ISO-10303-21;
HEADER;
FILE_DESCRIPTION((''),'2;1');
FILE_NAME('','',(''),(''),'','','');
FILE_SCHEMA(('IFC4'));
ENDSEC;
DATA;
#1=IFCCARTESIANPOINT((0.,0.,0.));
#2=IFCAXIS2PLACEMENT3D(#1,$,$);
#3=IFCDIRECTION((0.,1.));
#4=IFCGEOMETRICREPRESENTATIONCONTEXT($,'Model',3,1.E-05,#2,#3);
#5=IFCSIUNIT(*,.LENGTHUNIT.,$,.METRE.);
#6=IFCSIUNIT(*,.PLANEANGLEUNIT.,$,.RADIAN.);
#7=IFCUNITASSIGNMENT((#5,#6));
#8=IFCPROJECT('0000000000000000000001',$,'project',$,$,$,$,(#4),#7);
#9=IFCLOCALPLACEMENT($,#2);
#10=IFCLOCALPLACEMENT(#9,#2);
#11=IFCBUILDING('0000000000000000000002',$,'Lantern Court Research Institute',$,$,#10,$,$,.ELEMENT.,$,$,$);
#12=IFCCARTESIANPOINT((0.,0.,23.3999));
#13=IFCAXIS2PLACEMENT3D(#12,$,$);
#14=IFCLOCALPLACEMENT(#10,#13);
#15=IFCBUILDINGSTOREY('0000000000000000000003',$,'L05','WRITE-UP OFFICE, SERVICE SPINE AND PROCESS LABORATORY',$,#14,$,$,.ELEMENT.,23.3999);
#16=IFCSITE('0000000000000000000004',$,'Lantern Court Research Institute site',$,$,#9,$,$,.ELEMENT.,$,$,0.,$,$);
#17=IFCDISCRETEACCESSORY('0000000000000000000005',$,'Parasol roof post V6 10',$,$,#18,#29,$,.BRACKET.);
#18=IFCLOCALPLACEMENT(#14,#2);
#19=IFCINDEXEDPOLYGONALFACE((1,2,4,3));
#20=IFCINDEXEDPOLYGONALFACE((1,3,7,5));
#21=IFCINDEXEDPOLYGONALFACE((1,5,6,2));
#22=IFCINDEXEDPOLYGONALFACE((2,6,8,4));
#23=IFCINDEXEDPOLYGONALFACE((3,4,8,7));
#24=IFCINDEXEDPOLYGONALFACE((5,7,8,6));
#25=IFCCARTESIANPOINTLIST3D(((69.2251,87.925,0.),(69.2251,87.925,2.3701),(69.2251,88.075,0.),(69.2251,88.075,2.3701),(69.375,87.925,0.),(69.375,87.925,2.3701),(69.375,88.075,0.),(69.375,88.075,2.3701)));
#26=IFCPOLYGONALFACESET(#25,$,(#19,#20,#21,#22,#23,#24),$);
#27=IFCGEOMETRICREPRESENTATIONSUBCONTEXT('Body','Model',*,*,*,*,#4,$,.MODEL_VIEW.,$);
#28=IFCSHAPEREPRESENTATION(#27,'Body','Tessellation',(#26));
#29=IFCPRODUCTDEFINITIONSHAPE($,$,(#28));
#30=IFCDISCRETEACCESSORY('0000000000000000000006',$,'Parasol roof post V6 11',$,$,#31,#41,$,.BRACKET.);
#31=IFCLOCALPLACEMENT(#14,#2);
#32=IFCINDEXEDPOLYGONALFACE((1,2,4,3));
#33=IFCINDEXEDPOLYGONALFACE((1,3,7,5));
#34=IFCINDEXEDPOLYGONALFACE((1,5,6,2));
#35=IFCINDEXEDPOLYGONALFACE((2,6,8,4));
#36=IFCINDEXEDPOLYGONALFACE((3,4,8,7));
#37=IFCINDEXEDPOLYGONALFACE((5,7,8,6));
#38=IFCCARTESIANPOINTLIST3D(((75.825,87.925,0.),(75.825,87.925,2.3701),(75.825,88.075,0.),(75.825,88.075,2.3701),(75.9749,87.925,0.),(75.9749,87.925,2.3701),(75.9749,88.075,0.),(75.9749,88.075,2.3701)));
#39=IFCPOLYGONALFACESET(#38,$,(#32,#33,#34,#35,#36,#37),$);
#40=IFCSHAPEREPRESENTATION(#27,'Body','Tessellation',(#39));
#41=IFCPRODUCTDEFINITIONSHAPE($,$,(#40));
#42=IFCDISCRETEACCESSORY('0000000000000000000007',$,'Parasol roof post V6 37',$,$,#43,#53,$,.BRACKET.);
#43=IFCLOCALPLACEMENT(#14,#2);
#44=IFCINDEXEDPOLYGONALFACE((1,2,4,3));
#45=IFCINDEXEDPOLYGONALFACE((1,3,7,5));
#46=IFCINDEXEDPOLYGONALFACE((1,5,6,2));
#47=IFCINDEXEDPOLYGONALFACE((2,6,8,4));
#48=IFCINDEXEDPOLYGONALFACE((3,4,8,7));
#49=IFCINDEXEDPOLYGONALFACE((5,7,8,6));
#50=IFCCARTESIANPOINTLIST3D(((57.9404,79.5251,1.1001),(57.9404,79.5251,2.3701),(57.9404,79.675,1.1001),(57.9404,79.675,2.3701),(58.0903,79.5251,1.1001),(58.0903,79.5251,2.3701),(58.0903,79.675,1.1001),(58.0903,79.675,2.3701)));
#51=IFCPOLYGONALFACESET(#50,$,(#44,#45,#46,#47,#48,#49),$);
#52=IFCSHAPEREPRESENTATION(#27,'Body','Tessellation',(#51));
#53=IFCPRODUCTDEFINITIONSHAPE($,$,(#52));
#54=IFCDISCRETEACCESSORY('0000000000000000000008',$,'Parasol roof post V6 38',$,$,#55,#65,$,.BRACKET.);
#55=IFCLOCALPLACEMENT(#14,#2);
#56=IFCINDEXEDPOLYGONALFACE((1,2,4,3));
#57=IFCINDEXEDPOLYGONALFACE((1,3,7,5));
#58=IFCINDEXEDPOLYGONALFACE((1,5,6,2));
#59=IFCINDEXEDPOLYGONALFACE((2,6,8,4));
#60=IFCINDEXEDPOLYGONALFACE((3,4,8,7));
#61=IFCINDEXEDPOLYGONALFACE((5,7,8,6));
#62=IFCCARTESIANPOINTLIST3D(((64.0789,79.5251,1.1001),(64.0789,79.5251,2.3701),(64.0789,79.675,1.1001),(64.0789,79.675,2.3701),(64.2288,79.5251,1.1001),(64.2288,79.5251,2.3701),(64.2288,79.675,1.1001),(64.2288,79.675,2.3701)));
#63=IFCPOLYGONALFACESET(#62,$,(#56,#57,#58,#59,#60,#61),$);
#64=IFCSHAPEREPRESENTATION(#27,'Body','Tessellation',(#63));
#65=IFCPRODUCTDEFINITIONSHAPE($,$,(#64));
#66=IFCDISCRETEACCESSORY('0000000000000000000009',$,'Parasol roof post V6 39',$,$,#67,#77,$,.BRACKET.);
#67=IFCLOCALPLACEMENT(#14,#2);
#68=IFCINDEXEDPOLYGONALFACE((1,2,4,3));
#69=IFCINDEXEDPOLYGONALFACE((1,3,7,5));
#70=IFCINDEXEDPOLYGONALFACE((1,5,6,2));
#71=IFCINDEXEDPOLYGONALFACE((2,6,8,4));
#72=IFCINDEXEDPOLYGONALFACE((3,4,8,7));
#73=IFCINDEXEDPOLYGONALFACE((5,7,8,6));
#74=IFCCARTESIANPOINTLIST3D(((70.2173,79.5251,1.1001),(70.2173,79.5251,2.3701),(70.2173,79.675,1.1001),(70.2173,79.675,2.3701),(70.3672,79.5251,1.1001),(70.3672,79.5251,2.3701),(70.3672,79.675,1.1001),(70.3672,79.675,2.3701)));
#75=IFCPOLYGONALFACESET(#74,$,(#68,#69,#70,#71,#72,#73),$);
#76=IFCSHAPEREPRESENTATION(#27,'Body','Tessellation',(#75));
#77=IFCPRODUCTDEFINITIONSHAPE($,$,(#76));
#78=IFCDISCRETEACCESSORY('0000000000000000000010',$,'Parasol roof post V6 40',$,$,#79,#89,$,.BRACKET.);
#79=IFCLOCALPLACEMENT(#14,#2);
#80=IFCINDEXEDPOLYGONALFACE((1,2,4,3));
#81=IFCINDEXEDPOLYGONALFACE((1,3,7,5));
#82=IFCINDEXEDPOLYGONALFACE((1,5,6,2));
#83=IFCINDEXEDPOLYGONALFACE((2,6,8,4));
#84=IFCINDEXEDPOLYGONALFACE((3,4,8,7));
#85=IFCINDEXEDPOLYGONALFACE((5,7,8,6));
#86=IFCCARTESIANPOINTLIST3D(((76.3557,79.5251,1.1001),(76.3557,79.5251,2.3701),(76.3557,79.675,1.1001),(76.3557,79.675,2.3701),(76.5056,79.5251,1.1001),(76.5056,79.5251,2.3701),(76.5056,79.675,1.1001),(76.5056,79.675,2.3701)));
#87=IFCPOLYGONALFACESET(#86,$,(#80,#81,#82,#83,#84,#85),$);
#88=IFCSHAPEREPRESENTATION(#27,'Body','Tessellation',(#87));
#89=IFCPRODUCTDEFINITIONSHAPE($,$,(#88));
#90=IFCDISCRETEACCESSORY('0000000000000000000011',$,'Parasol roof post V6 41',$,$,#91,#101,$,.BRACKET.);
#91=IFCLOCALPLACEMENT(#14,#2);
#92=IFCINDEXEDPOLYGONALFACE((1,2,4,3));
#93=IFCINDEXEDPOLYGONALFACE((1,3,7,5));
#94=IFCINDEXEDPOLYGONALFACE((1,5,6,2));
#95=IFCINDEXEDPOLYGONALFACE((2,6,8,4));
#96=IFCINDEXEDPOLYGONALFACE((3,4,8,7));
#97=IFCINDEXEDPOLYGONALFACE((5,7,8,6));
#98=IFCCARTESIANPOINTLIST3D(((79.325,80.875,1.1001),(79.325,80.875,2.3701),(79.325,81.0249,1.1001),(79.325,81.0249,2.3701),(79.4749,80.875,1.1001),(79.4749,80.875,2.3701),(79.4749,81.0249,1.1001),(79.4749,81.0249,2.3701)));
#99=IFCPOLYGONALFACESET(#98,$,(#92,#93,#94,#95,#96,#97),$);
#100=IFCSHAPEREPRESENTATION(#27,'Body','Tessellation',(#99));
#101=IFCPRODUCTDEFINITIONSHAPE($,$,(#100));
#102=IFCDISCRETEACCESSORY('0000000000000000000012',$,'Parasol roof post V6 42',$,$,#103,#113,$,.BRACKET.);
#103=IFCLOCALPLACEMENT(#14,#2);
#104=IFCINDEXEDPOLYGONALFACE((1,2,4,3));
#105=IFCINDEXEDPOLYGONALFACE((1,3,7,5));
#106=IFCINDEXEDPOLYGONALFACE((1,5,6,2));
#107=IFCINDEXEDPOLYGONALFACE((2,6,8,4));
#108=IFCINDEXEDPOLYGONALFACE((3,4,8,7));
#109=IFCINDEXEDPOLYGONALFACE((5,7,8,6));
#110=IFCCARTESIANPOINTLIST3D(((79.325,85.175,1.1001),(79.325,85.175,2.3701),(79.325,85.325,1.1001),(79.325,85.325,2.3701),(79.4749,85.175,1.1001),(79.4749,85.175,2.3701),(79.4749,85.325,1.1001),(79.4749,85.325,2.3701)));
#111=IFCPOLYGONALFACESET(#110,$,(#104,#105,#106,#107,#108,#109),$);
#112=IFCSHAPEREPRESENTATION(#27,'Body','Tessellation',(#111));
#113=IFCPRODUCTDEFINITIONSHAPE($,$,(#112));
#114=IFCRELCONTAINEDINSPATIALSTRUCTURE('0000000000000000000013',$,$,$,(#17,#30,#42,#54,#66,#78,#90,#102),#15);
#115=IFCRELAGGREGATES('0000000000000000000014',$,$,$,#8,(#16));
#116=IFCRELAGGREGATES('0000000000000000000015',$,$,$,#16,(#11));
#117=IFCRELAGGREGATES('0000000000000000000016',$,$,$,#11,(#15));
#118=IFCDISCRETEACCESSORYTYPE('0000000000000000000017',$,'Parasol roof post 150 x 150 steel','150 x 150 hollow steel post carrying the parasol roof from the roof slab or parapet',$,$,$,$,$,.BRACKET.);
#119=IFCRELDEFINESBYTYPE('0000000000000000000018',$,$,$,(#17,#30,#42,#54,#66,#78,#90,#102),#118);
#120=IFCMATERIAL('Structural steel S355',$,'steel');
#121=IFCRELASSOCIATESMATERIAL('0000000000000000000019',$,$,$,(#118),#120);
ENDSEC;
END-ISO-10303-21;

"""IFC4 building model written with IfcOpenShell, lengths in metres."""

from ifc_helpers import new_model, si_unit, direction, frame, origin, origin_2d, place, context, subcontext, project, spatial, rectangle, extrude, material, type_object, element, save


model = new_model("IFC4")

# Units and contexts
model_context = context("Model", 3, precision=1e-05, world=origin(), true_north=direction((0.0, 1.0)))
body_context = subcontext(model_context, "Body", "Model", "MODEL_VIEW")
ifc_project = project(units=[si_unit("LENGTHUNIT", "METRE"), si_unit("PLANEANGLEUNIT", "RADIAN")], contexts=[model_context])

# Site, building, storey
site_placement = place(None, origin())
site = spatial("IfcSite", under=ifc_project, at=site_placement, Name="Lantern Court Research Institute site", CompositionType="ELEMENT", RefElevation=0.0)
building_placement = place(site_placement, origin())
building = spatial("IfcBuilding", under=site, at=building_placement, Name="Lantern Court Research Institute", CompositionType="ELEMENT")
storey_placement = place(building_placement, frame((0.0, 0.0, 23.3999)))
storey = spatial("IfcBuildingStorey", under=building, at=storey_placement, Name="L05", Description="WRITE-UP OFFICE, SERVICE SPINE AND PROCESS LABORATORY", CompositionType="ELEMENT", Elevation=23.3999)

# Discrete accessories
ifc_material_1 = material(Name="Structural steel S355", Category="steel")
discrete_accessory_type = type_object("IfcDiscreteAccessoryType", Name="Parasol roof post 150 x 150 steel", Description="150 x 150 hollow steel post carrying the parasol roof from the roof slab or parapet", PredefinedType="BRACKET", material=ifc_material_1)
for number, where, z_axis, x_axis, name in (
    (1, (69.3, 88.0, 0.0), (0.0, 0.0, 1.0), (1.0, 0.0, 0.0), "Parasol roof post V6 10"),
    (2, (75.8999, 88.0, 0.0), (0.0, 0.0, 1.0), (1.0, 0.0, 0.0), "Parasol roof post V6 11"),
):
    element("IfcDiscreteAccessory", number, at=place(storey_placement, frame(where, z_axis=z_axis, x_axis=x_axis)), inside=storey, type_object=discrete_accessory_type, Name=name, PredefinedType="BRACKET", context=body_context, shape_type="SweptSolid", body=[
        extrude(rectangle(XDim=0.1499, YDim=0.1499, at=origin_2d()), origin(), (0.0, 0.0, 1.0), 2.3701),
    ])
for number, where, z_axis, x_axis, name in (
    (3, (58.0154, 79.6001, 1.1001), (0.0, 0.0, 1.0), (1.0, 0.0, 0.0), "Parasol roof post V6 37"),
    (4, (64.1538, 79.6001, 1.1001), (0.0, 0.0, 1.0), (1.0, 0.0, 0.0), "Parasol roof post V6 38"),
    (5, (70.2922, 79.6001, 1.1001), (0.0, 0.0, 1.0), (1.0, 0.0, 0.0), "Parasol roof post V6 39"),
    (6, (76.4307, 79.6001, 1.1001), (0.0, 0.0, 1.0), (1.0, 0.0, 0.0), "Parasol roof post V6 40"),
    (7, (79.3999, 80.95, 1.1001), (0.0, 0.0, 1.0), (1.0, 0.0, 0.0), "Parasol roof post V6 41"),
    (8, (79.3999, 85.25, 1.1001), (0.0, 0.0, 1.0), (1.0, 0.0, 0.0), "Parasol roof post V6 42"),
):
    element("IfcDiscreteAccessory", number, at=place(storey_placement, frame(where, z_axis=z_axis, x_axis=x_axis)), inside=storey, type_object=discrete_accessory_type, Name=name, PredefinedType="BRACKET", context=body_context, shape_type="SweptSolid", body=[
        extrude(rectangle(XDim=0.1499, YDim=0.1499, at=origin_2d()), origin(), (0.0, 0.0, 1.0), 1.27),
    ])

save(model, "model.ifc")
